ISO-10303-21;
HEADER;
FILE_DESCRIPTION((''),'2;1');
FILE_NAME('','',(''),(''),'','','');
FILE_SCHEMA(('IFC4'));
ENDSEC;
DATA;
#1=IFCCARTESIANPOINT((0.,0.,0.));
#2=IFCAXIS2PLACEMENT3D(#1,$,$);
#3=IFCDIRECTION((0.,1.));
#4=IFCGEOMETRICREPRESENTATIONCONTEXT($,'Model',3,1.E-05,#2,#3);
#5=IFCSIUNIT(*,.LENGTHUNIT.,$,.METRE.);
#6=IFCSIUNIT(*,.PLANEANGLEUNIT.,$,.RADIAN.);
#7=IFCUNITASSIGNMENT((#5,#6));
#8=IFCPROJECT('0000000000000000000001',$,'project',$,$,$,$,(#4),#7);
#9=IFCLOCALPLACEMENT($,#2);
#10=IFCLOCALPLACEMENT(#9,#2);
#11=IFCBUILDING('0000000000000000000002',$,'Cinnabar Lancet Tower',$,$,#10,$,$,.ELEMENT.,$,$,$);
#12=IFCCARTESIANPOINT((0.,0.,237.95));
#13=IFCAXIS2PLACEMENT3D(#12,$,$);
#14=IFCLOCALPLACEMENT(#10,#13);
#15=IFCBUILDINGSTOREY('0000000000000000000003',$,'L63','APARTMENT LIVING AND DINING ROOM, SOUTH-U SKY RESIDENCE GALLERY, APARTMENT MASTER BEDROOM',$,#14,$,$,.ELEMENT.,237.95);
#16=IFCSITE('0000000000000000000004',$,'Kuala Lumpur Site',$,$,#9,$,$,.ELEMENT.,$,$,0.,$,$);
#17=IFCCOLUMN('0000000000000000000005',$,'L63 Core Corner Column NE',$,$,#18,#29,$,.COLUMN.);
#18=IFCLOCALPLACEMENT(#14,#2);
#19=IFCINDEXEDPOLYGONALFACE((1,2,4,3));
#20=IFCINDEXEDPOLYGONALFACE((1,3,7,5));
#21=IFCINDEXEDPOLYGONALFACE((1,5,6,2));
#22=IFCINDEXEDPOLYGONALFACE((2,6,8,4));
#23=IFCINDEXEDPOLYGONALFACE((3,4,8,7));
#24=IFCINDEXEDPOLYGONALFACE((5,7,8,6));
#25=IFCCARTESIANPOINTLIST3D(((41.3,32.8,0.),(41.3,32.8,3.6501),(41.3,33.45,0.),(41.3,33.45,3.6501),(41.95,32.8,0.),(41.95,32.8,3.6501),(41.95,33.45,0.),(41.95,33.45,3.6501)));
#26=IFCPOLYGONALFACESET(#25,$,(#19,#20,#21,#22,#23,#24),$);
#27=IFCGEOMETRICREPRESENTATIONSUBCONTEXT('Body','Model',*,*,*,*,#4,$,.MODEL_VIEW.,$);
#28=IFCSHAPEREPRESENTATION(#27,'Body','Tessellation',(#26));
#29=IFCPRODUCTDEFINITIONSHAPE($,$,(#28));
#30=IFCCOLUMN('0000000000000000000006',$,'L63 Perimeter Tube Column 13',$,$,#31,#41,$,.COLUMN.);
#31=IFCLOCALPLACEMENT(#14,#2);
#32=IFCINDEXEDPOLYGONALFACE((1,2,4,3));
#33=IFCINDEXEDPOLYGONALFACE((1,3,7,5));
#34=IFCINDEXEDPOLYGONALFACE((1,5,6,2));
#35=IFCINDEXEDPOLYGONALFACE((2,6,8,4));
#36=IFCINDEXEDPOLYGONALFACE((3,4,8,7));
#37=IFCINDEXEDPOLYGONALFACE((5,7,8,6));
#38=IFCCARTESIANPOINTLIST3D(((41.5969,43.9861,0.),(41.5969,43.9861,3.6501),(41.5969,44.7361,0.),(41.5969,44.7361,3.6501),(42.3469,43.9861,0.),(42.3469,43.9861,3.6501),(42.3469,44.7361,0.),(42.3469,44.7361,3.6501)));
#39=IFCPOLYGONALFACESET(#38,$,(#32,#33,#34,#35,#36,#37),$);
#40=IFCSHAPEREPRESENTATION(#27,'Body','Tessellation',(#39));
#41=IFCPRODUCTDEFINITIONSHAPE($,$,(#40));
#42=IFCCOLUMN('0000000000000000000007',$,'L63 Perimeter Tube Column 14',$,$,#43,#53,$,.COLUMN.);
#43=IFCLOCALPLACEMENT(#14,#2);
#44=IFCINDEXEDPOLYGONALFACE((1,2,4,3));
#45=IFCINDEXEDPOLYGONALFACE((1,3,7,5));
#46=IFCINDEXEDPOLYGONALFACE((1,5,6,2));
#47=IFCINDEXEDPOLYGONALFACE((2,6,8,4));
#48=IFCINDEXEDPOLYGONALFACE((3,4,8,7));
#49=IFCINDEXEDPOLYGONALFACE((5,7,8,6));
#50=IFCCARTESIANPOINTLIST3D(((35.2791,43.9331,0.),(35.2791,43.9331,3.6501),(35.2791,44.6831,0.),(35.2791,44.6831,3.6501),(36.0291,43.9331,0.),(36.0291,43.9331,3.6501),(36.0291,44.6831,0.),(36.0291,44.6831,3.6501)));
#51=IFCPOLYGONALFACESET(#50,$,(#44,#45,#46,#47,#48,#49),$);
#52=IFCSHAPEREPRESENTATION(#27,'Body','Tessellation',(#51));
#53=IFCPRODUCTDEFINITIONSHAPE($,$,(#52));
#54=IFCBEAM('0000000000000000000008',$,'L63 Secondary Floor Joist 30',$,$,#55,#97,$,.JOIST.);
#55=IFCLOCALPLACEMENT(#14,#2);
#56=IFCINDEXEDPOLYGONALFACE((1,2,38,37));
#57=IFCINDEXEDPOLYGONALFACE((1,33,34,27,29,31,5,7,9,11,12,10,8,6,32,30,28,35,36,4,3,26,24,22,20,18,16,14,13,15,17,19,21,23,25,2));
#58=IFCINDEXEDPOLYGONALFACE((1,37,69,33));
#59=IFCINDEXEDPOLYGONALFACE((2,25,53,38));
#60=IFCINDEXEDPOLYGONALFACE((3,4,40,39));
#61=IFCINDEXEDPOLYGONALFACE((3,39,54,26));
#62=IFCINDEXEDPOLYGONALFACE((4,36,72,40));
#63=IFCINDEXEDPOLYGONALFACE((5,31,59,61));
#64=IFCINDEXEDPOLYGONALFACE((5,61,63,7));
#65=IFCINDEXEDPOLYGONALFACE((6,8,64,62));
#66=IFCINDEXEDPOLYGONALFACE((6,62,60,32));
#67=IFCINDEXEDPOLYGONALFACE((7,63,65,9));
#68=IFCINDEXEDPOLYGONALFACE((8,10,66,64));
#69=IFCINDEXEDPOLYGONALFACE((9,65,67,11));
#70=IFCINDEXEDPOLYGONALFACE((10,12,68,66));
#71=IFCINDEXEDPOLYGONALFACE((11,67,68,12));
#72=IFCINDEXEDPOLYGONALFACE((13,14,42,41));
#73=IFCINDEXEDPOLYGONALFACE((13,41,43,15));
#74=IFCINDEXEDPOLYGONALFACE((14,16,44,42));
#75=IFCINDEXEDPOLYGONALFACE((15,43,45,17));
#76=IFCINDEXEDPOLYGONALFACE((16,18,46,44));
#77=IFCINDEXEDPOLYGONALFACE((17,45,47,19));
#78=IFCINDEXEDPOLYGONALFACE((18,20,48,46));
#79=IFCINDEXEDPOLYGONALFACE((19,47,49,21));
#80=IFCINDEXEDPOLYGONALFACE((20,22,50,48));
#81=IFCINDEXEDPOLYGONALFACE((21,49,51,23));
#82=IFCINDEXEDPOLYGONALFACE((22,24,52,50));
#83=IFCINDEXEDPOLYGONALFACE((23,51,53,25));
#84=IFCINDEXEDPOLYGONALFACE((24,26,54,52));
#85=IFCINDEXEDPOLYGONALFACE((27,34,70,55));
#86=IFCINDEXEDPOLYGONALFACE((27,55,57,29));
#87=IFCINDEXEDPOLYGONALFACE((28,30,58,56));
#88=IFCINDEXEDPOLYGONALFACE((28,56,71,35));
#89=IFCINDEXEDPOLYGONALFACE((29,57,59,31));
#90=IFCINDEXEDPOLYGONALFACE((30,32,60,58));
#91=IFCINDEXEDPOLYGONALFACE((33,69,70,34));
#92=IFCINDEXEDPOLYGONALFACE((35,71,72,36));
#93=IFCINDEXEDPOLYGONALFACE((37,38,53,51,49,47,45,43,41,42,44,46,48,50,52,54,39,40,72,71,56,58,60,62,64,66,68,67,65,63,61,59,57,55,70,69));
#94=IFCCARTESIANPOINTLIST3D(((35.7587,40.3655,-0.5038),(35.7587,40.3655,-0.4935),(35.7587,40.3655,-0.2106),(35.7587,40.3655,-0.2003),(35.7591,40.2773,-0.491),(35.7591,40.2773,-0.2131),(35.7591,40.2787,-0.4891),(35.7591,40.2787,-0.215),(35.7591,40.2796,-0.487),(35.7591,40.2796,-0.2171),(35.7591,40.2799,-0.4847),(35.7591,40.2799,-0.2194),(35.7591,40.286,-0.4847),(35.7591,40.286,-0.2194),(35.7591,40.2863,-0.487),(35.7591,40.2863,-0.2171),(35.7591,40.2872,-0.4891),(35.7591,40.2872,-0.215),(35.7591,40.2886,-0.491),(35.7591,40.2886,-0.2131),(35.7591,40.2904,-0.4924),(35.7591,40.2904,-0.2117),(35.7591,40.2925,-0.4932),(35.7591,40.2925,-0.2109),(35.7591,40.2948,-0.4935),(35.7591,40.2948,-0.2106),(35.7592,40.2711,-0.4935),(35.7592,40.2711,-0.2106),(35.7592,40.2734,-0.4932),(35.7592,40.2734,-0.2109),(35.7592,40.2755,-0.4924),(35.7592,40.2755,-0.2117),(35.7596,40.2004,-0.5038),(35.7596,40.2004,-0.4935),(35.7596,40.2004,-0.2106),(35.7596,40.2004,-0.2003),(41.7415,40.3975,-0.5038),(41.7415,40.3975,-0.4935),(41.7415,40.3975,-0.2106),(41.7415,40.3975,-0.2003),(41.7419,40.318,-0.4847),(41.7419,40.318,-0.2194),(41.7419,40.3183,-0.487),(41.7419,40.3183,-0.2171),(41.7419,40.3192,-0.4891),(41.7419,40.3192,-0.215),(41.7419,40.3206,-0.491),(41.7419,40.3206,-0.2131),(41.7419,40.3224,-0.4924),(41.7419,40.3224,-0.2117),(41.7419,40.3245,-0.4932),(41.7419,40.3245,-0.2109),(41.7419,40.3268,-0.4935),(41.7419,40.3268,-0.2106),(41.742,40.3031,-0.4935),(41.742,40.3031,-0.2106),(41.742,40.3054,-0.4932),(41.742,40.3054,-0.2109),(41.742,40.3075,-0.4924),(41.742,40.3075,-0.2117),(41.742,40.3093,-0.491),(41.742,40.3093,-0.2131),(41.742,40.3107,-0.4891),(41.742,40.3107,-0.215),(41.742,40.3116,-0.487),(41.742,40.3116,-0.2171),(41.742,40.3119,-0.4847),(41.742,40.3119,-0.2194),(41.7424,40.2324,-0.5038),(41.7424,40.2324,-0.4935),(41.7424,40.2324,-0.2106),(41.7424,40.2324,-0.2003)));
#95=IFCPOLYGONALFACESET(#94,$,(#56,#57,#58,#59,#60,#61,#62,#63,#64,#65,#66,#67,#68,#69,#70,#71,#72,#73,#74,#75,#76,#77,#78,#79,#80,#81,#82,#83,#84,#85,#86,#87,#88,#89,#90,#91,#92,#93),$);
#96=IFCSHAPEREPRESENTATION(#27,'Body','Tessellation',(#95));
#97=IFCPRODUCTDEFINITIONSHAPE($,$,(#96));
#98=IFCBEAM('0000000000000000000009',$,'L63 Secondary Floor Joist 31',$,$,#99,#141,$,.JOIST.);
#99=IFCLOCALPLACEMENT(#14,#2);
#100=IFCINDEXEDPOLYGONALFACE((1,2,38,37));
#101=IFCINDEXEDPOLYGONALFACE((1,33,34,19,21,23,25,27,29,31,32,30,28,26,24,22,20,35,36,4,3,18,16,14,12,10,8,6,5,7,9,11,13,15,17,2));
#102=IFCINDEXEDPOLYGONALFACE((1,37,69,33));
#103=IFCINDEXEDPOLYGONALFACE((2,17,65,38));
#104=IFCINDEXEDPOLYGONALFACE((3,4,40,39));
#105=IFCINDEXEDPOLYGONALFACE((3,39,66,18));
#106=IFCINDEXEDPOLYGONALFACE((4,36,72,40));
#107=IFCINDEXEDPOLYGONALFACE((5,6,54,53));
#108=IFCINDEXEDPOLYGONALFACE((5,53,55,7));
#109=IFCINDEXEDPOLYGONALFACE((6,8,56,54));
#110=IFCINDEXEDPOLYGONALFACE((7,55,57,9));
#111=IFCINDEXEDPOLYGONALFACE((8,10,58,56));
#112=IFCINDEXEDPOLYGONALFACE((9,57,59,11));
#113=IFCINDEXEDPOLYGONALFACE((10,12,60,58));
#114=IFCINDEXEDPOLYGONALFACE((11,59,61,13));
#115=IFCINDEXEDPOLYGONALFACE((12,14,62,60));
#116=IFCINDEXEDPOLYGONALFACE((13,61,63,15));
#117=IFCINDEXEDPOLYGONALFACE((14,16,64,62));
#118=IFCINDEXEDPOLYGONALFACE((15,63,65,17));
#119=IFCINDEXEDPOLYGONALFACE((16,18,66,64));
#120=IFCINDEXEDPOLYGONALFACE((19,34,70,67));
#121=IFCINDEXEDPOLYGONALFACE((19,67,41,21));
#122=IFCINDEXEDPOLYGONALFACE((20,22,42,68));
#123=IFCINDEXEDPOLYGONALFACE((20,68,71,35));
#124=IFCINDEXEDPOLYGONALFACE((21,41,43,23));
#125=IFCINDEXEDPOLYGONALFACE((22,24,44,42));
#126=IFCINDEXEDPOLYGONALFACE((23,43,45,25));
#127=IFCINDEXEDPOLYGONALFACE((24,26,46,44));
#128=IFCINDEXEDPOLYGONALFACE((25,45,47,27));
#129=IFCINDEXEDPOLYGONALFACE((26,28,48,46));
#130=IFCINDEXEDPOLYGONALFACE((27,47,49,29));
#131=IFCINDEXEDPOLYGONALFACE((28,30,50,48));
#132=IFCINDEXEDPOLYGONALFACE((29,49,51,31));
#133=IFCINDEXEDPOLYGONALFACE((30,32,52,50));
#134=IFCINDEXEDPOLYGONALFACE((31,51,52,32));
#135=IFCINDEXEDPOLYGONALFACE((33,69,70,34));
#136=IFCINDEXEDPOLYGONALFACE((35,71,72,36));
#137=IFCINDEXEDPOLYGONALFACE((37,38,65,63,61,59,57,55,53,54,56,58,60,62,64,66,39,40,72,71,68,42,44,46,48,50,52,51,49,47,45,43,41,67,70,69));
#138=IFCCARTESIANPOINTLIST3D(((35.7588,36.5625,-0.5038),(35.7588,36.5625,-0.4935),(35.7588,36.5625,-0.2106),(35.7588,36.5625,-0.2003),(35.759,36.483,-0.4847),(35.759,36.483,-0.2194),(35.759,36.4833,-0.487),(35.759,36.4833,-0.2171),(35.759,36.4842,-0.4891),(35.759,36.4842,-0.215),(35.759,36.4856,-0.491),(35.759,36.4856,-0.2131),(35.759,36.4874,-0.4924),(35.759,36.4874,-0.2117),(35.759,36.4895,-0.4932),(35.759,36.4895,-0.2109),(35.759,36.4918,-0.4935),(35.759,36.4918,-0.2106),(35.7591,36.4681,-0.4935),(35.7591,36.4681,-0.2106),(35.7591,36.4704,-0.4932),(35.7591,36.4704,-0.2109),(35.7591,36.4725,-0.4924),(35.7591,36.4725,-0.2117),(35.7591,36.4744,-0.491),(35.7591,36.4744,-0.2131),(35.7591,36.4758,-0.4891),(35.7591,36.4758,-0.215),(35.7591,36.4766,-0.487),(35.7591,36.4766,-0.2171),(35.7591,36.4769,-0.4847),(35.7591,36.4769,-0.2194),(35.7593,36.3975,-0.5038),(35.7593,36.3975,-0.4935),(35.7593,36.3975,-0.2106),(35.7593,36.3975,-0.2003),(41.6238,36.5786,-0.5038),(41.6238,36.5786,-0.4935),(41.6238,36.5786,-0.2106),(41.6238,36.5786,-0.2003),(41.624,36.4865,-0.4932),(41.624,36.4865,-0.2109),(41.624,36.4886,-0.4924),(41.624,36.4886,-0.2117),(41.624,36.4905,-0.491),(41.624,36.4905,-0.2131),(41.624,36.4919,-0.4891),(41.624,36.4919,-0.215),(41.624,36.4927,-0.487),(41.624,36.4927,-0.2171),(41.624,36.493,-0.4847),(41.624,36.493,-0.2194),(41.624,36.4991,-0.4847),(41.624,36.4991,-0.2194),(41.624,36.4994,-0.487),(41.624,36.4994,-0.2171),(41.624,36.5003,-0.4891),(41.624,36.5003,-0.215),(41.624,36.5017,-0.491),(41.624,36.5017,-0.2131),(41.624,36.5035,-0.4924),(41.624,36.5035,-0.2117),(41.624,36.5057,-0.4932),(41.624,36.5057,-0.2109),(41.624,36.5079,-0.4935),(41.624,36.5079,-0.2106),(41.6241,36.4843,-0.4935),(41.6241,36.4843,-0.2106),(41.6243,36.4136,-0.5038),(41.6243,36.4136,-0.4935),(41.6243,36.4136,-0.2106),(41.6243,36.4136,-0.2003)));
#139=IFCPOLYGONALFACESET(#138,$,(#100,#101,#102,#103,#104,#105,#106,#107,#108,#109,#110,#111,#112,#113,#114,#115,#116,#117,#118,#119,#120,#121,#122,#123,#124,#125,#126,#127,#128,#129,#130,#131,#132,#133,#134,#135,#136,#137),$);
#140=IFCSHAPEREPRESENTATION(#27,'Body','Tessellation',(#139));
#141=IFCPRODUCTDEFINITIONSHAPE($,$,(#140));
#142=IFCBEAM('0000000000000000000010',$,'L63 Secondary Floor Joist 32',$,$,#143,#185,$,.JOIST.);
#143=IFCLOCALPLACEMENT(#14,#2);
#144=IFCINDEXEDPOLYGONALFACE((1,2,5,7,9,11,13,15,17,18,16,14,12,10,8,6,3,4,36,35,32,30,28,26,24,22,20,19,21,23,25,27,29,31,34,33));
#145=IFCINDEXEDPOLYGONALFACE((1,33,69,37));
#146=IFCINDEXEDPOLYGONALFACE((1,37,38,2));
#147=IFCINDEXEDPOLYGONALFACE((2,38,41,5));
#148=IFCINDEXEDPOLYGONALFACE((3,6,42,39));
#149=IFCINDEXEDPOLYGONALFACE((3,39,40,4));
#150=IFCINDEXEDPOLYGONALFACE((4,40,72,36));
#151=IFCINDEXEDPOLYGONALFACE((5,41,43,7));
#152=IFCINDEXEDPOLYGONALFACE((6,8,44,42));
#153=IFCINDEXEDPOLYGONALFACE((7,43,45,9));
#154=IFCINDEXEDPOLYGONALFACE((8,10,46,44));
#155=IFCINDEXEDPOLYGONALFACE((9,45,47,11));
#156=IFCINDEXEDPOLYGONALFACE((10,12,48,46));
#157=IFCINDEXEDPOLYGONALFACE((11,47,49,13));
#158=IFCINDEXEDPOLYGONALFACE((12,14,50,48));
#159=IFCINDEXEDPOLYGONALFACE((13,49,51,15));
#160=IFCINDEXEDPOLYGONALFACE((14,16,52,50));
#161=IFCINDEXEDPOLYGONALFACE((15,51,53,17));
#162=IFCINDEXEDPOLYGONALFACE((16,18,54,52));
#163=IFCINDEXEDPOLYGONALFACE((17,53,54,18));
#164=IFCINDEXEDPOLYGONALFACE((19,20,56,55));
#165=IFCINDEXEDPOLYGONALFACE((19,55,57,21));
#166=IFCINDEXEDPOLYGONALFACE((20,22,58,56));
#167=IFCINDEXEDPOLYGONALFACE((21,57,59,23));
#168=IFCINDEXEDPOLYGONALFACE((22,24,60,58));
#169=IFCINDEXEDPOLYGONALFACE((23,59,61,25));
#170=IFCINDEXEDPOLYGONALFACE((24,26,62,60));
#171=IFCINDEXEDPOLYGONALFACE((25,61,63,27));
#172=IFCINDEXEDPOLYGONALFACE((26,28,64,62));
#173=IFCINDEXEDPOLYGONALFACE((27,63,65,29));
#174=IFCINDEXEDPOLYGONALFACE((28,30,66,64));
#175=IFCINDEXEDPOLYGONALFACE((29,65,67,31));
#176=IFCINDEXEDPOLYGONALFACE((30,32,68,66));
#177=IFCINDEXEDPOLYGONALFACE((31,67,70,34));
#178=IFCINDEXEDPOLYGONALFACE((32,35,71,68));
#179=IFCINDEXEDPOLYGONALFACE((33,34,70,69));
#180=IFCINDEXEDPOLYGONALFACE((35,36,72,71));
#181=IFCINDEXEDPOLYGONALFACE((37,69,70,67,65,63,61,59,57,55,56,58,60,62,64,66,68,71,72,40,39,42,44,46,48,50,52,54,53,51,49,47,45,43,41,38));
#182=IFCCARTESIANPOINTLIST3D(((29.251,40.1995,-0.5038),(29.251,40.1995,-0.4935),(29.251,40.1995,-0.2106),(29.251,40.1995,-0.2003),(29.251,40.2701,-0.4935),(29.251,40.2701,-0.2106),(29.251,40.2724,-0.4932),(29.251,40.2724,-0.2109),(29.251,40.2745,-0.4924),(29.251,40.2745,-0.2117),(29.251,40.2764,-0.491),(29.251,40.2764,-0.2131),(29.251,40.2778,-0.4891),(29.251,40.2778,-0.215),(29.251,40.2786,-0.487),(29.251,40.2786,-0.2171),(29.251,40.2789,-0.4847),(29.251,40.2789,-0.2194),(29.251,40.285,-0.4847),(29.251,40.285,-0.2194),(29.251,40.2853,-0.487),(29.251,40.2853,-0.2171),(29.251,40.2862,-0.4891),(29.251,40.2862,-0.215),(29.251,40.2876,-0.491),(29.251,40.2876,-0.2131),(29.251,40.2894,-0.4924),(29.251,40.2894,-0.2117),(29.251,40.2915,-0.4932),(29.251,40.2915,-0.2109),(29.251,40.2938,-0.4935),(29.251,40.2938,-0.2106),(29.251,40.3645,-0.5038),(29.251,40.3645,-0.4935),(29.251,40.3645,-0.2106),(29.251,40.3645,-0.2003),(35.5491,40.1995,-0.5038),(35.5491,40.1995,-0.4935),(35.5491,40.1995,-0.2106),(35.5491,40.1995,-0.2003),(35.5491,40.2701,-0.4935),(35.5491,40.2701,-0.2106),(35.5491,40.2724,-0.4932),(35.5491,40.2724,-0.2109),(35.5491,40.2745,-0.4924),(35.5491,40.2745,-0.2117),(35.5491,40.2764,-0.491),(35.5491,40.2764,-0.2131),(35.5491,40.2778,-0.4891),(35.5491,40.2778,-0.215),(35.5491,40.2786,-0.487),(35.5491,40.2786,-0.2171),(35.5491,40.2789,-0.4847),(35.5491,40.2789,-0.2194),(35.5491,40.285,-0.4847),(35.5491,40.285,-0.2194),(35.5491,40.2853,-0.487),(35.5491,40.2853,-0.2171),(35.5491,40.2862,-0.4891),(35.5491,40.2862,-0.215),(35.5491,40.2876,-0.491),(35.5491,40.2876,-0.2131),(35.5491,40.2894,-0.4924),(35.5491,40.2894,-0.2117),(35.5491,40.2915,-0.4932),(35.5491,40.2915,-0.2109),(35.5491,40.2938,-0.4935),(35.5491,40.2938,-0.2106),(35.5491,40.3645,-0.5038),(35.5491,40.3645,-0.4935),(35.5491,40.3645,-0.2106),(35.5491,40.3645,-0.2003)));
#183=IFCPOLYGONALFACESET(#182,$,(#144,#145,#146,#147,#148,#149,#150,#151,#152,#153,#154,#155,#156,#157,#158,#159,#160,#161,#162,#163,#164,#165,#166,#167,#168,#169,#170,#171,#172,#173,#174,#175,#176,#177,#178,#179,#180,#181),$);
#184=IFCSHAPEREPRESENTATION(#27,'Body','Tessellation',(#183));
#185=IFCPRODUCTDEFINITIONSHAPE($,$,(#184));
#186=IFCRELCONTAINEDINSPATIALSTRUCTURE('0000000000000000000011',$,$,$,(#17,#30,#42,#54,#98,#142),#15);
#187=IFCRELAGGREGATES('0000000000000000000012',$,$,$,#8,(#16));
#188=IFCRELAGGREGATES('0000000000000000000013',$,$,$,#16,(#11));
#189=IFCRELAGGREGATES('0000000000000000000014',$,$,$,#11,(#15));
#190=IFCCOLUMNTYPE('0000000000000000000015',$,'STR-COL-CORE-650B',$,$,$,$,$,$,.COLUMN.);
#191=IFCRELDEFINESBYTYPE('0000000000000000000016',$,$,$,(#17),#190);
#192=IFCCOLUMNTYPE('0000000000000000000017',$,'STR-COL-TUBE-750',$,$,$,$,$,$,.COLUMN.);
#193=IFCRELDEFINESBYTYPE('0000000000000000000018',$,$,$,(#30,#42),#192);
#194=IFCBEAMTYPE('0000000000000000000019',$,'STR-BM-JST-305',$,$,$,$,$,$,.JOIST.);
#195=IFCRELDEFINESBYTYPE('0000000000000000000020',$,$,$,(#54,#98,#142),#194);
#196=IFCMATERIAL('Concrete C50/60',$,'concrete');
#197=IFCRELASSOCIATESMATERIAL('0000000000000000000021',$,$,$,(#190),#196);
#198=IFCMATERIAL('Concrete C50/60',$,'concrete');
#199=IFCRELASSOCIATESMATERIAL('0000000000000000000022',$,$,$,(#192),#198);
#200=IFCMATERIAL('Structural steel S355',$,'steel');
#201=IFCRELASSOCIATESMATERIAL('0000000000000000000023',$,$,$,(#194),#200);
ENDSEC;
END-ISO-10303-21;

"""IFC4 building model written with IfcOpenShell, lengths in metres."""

from ifc_helpers import new_model, si_unit, direction, frame, origin, origin_2d, place, context, subcontext, project, spatial, rectangle, i_section, extrude, material, material_profile, profile_set, type_object, element, save


model = new_model("IFC4")

# Units and contexts
model_context = context("Model", 3, precision=1e-05, world=origin(), true_north=direction((0.0, 1.0)))
body_context = subcontext(model_context, "Body", "Model", "MODEL_VIEW")
ifc_project = project(units=[si_unit("LENGTHUNIT", "METRE"), si_unit("PLANEANGLEUNIT", "RADIAN")], contexts=[model_context])

# Site, building, storey
site_placement = place(None, origin())
site = spatial("IfcSite", under=ifc_project, at=site_placement, Name="Kuala Lumpur Site", CompositionType="ELEMENT", RefElevation=0.0)
building_placement = place(site_placement, origin())
building = spatial("IfcBuilding", under=site, at=building_placement, Name="Cinnabar Lancet Tower", CompositionType="ELEMENT")
storey_placement = place(building_placement, frame((0.0, 0.0, 237.95)))
storey = spatial("IfcBuildingStorey", under=building, at=storey_placement, Name="L63", Description="APARTMENT LIVING AND DINING ROOM, SOUTH-U SKY RESIDENCE GALLERY, APARTMENT MASTER BEDROOM", CompositionType="ELEMENT", Elevation=237.95)

# Columns
ifc_material_1 = material(Name="Concrete C50/60", Category="concrete")
ifc_material_profile_1 = material_profile(ifc_material_1, rectangle(XDim=0.6499, YDim=0.6499, at=origin_2d()), Name="RC-COL 650x650")
ifc_profile_set_1 = profile_set([ifc_material_profile_1], Name="Concrete C50/60")
column_type_1 = type_object("IfcColumnType", Name="STR-COL-CORE-650B", PredefinedType="COLUMN", material=ifc_profile_set_1)
column_placement = place(storey_placement, frame((41.625, 33.125, 0.0), z_axis=(0.0, 0.0, 1.0), x_axis=(1.0, 0.0, 0.0)))
element("IfcColumn", 1, at=column_placement, inside=storey, type_object=column_type_1, Name="L63 Core Corner Column NE", PredefinedType="COLUMN", context=body_context, shape_type="SweptSolid", body=[
    extrude(rectangle(XDim=0.6499, YDim=0.6499, at=origin_2d()), origin(), (0.0, 0.0, 1.0), 3.6501),
])
ifc_material_2 = material(Name="Concrete C50/60", Category="concrete")
ifc_material_profile_2 = material_profile(ifc_material_2, rectangle(XDim=0.75, YDim=0.75, at=origin_2d()), Name="RC-COL 750x750")
ifc_profile_set_2 = profile_set([ifc_material_profile_2], Name="Concrete C50/60")
column_type_2 = type_object("IfcColumnType", Name="STR-COL-TUBE-750", PredefinedType="COLUMN", material=ifc_profile_set_2)
for number, where, z_axis, x_axis, name in (
    (2, (41.9719, 44.3611, 0.0), (0.0, 0.0, 1.0), (1.0, 0.0, 0.0), "L63 Perimeter Tube Column 13"),
    (3, (35.6541, 44.3081, 0.0), (0.0, 0.0, 1.0), (1.0, 0.0, 0.0), "L63 Perimeter Tube Column 14"),
):
    element("IfcColumn", number, at=place(storey_placement, frame(where, z_axis=z_axis, x_axis=x_axis)), inside=storey, type_object=column_type_2, Name=name, PredefinedType="COLUMN", context=body_context, shape_type="SweptSolid", body=[
        extrude(rectangle(XDim=0.75, YDim=0.75, at=origin_2d()), origin(), (0.0, 0.0, 1.0), 3.6501),
    ])

# Beams
ifc_material_3 = material(Name="Structural steel S355", Category="steel")
ifc_material_profile_3 = material_profile(ifc_material_3, i_section(OverallWidth=0.165, OverallDepth=0.3035, WebThickness=0.0061, FlangeThickness=0.0103, FilletRadius=0.0088, at=origin_2d()), Name="UKB 305x165x40")
ifc_profile_set_3 = profile_set([ifc_material_profile_3], Name="Structural steel S355")
beam_type_1 = type_object("IfcBeamType", Name="STR-BM-JST-305", PredefinedType="JOIST", material=ifc_profile_set_3)
beam_1_placement = place(storey_placement, frame((41.7419, 40.3149, -0.3521), z_axis=(-0.999986, -0.005346, 0.0), x_axis=(0.005346, -0.999986, 0.0)))
element("IfcBeam", 4, at=beam_1_placement, inside=storey, type_object=beam_type_1, Name="L63 Secondary Floor Joist 30", PredefinedType="JOIST", context=body_context, shape_type="SweptSolid", body=[
    extrude(i_section(OverallWidth=0.165, OverallDepth=0.3035, WebThickness=0.0061, FlangeThickness=0.0103, FilletRadius=0.0088, at=origin_2d()), origin(), (0.0, 0.0, 1.0), 5.9829),
])
beam_2_placement = place(storey_placement, frame((41.624, 36.4961, -0.3521), z_axis=(-0.999996, -0.002747, 0.0), x_axis=(0.002747, -0.999996, 0.0)))
element("IfcBeam", 5, at=beam_2_placement, inside=storey, type_object=beam_type_1, Name="L63 Secondary Floor Joist 31", PredefinedType="JOIST", context=body_context, shape_type="SweptSolid", body=[
    extrude(i_section(OverallWidth=0.165, OverallDepth=0.3035, WebThickness=0.0061, FlangeThickness=0.0103, FilletRadius=0.0088, at=origin_2d()), origin(), (0.0, 0.0, 1.0), 5.865),
])
for number, where, z_axis, x_axis, name in (
    (6, (35.5491, 40.282, -0.3521), (-1.0, 0.0, 0.0), (0.0, -1.0, 0.0), "L63 Secondary Floor Joist 32"),
):
    element("IfcBeam", number, at=place(storey_placement, frame(where, z_axis=z_axis, x_axis=x_axis)), inside=storey, type_object=beam_type_1, Name=name, PredefinedType="JOIST", context=body_context, shape_type="SweptSolid", body=[
        extrude(i_section(OverallWidth=0.165, OverallDepth=0.3035, WebThickness=0.0061, FlangeThickness=0.0103, FilletRadius=0.0088, at=origin_2d()), origin(), (0.0, 0.0, 1.0), 6.2981),
    ])

save(model, "model.ifc")
